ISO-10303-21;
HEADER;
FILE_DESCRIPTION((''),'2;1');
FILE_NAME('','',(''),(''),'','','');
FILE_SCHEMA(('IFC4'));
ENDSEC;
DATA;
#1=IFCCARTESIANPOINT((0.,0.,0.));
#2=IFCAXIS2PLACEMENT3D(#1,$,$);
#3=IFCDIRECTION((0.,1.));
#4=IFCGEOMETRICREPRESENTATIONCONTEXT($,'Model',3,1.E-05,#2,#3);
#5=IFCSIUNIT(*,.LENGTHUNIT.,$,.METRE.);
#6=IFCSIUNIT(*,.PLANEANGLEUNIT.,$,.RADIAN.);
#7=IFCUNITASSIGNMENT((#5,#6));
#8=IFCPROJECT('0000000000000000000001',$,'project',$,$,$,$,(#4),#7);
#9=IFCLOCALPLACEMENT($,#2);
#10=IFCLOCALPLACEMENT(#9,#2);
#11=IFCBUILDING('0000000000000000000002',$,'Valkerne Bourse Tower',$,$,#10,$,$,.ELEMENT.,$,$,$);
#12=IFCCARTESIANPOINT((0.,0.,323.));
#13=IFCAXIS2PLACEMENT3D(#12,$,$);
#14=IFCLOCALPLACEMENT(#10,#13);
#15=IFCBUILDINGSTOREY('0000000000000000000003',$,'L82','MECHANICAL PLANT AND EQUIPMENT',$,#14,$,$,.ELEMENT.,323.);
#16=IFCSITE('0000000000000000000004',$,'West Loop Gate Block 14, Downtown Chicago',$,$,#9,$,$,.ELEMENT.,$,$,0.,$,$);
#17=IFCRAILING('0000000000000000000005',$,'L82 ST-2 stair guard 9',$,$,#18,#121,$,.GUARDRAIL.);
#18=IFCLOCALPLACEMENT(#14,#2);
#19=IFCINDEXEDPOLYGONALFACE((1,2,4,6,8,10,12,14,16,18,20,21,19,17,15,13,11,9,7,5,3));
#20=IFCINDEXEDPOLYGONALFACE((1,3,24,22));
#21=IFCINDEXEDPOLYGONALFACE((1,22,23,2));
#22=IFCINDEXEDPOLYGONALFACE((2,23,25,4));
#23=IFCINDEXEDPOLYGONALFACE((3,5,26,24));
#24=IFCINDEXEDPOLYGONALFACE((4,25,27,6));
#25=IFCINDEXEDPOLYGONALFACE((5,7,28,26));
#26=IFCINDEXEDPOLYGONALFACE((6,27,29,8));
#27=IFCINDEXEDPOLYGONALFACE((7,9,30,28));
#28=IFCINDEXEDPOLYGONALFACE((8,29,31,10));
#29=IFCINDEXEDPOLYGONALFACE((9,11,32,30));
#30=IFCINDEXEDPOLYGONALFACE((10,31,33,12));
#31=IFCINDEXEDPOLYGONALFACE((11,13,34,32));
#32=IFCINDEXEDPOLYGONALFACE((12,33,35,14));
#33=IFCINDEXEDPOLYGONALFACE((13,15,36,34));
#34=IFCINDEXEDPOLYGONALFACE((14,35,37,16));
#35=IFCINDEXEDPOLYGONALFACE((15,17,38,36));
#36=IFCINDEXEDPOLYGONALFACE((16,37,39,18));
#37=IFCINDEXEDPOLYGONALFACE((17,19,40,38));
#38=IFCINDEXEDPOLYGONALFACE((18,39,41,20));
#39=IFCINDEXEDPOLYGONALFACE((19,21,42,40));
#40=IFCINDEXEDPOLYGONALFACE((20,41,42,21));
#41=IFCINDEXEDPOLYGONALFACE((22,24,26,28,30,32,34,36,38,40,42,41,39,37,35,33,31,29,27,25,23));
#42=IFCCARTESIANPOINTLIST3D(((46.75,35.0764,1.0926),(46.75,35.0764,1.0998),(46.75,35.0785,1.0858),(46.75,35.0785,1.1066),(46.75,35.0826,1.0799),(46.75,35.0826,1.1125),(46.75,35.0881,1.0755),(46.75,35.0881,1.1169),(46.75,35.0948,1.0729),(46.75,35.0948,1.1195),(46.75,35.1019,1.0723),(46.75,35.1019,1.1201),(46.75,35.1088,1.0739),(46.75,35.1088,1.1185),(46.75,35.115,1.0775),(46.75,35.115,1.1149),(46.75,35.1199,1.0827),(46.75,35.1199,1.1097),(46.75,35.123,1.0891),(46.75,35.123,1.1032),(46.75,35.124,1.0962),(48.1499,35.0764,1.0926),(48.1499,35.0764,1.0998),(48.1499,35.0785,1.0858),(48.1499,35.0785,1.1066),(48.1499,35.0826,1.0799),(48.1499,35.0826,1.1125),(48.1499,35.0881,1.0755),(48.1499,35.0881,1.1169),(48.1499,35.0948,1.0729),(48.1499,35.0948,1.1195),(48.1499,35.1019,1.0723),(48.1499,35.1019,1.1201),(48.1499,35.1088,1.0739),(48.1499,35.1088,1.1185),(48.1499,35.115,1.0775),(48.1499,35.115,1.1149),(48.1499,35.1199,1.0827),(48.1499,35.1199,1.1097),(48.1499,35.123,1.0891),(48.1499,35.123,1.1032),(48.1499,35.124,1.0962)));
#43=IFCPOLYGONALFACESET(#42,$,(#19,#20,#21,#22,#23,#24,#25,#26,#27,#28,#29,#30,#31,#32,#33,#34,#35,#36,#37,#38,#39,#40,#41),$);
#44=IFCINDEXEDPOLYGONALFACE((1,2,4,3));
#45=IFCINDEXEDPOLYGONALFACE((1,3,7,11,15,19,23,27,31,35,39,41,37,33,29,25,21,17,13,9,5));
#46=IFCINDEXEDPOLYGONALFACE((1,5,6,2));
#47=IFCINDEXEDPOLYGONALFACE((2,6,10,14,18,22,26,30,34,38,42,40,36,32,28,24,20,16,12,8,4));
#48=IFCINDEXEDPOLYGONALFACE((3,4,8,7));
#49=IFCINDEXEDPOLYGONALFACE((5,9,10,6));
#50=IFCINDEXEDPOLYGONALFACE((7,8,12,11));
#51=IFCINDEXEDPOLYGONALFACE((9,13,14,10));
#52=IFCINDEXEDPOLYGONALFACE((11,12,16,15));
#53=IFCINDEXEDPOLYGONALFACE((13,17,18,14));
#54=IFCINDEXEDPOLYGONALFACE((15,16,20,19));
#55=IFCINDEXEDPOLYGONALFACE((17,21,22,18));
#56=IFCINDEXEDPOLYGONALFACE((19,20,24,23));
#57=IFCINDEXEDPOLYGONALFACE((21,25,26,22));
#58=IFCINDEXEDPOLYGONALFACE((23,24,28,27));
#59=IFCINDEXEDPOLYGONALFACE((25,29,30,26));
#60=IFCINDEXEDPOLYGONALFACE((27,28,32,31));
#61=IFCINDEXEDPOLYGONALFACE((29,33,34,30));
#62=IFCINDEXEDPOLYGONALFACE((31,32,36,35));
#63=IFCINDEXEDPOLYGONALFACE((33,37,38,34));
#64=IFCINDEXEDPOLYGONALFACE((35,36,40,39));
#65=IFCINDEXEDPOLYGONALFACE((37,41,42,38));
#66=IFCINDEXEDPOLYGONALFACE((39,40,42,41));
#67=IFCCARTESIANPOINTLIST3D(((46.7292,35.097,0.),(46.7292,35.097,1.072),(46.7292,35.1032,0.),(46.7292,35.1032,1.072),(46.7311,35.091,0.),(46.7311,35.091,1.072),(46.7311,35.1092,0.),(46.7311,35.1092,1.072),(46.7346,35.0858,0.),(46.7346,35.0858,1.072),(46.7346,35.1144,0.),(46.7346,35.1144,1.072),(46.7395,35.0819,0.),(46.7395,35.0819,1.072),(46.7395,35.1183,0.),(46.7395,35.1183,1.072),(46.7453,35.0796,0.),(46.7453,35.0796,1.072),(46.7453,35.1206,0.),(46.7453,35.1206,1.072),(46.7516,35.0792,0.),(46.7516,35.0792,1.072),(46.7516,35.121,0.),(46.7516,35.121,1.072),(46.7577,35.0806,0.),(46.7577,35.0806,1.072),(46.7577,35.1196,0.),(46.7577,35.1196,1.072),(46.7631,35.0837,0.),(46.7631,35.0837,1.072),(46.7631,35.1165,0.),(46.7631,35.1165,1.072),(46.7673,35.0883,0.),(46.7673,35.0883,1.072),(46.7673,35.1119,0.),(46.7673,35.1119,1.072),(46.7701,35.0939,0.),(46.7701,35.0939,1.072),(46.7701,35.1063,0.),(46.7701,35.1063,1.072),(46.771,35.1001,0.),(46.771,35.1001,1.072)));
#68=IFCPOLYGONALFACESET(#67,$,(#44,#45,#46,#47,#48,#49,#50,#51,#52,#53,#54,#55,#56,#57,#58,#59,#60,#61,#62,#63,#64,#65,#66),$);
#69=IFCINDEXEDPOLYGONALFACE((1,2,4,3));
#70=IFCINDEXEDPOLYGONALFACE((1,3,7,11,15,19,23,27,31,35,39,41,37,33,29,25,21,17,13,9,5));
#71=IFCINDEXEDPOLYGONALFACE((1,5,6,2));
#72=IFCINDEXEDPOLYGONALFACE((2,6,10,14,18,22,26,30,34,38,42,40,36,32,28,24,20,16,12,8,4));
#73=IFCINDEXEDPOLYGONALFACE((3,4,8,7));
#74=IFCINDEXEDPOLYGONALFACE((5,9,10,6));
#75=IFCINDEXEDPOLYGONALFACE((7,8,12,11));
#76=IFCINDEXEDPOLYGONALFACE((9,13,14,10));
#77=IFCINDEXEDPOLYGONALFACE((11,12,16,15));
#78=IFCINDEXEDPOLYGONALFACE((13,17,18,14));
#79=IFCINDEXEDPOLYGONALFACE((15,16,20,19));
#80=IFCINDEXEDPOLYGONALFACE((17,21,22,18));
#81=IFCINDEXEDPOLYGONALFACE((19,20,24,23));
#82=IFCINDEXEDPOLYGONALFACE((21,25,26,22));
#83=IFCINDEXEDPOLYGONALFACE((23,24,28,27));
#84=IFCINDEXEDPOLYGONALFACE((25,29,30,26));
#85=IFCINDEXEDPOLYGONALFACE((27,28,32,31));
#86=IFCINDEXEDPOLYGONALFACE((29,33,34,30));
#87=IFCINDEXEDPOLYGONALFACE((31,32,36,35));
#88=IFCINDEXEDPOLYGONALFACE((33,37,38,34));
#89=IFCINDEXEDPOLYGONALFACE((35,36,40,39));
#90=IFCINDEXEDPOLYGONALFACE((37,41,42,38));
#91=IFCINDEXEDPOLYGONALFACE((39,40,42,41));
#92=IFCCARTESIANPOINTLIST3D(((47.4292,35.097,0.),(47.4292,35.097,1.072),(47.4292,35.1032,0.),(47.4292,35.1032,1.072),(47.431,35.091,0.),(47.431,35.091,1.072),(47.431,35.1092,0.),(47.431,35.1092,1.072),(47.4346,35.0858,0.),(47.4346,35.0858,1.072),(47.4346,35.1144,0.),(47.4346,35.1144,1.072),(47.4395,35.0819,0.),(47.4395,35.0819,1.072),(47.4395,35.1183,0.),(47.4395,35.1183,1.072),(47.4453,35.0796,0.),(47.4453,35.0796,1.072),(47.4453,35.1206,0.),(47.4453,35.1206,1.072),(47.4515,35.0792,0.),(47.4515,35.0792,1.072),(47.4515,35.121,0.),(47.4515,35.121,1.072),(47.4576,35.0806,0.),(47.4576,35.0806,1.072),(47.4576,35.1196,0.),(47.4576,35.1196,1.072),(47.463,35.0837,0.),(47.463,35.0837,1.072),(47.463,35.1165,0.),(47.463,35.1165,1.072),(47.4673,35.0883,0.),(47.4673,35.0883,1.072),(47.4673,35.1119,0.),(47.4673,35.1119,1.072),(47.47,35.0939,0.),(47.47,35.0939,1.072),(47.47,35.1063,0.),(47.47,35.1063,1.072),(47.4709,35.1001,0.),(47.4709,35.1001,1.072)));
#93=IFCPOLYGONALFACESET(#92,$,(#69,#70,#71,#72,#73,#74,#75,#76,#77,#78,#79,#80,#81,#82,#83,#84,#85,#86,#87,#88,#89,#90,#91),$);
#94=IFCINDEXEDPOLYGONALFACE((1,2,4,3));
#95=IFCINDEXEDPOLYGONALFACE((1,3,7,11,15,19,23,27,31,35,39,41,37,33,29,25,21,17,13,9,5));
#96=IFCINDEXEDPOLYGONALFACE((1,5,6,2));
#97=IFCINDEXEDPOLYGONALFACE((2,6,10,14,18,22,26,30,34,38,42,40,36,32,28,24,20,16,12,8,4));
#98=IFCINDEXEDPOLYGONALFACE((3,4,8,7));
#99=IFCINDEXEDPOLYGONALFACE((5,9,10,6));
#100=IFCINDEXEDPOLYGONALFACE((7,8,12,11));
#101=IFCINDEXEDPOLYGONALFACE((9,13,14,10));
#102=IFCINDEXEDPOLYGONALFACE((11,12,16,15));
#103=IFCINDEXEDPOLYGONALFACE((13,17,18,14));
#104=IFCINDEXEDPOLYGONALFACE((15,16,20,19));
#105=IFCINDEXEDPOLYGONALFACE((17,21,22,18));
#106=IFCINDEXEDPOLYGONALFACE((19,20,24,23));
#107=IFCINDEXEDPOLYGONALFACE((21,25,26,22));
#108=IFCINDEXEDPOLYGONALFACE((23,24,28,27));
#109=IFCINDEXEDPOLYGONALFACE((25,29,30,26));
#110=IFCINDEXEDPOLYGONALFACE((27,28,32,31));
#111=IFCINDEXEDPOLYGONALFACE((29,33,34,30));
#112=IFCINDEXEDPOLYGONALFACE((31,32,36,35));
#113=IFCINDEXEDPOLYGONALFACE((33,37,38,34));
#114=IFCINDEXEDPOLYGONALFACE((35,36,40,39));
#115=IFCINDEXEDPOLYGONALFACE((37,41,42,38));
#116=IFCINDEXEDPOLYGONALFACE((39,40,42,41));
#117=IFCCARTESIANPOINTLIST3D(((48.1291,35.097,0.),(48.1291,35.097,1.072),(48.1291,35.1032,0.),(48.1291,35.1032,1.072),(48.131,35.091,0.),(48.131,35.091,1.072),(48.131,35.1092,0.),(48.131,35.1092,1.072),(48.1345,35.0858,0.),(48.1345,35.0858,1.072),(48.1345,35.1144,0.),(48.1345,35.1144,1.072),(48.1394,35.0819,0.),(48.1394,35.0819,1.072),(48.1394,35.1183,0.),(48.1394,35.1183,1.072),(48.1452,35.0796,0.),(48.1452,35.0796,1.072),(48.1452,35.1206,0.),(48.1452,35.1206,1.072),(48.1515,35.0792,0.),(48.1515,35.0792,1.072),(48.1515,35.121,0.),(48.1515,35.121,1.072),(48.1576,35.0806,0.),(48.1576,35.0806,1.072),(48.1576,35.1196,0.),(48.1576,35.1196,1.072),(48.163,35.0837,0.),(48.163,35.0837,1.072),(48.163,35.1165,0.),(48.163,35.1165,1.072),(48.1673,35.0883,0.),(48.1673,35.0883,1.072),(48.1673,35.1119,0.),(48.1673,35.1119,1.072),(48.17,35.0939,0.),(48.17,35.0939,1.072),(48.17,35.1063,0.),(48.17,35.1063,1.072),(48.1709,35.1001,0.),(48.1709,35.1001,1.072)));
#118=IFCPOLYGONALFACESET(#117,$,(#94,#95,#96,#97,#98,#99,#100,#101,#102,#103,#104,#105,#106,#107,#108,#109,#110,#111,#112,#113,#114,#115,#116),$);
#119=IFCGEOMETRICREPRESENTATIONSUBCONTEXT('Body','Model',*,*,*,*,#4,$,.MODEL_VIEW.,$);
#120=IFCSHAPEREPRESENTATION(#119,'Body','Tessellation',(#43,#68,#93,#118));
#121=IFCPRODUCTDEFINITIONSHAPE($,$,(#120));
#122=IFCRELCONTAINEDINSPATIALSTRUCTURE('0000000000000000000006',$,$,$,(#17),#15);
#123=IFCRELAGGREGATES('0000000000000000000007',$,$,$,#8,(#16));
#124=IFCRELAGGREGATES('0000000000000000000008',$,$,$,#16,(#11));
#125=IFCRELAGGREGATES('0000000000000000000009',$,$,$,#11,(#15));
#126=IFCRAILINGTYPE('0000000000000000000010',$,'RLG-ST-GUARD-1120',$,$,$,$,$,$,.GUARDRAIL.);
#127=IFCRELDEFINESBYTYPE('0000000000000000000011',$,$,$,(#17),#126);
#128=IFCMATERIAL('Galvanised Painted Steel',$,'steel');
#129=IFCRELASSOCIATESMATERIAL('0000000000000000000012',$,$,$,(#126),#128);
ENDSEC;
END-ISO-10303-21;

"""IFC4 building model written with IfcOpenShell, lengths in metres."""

from ifc_helpers import new_model, si_unit, direction, frame, origin, origin_2d, place, context, subcontext, project, spatial, circle, extrude, material, type_object, element, save


model = new_model("IFC4")

# Units and contexts
model_context = context("Model", 3, precision=1e-05, world=origin(), true_north=direction((0.0, 1.0)))
body_context = subcontext(model_context, "Body", "Model", "MODEL_VIEW")
ifc_project = project(units=[si_unit("LENGTHUNIT", "METRE"), si_unit("PLANEANGLEUNIT", "RADIAN")], contexts=[model_context])

# Site, building, storey
site_placement = place(None, origin())
site = spatial("IfcSite", under=ifc_project, at=site_placement, Name="West Loop Gate Block 14, Downtown Chicago", CompositionType="ELEMENT", RefElevation=0.0)
building_placement = place(site_placement, origin())
building = spatial("IfcBuilding", under=site, at=building_placement, Name="Valkerne Bourse Tower", CompositionType="ELEMENT")
storey_placement = place(building_placement, frame((0.0, 0.0, 323.0)))
storey = spatial("IfcBuildingStorey", under=building, at=storey_placement, Name="L82", Description="MECHANICAL PLANT AND EQUIPMENT", CompositionType="ELEMENT", Elevation=323.0)

# Railing
ifc_material_1 = material(Name="Galvanised Painted Steel", Category="steel")
railing_type_1 = type_object("IfcRailingType", Name="RLG-ST-GUARD-1120", PredefinedType="GUARDRAIL", material=ifc_material_1)
railing_1_placement = place(storey_placement, frame((46.75, 35.1001, 0.0)))
element("IfcRailing", 1, at=railing_1_placement, inside=storey, type_object=railing_type_1, Name="L82 ST-2 stair guard 9", PredefinedType="GUARDRAIL", context=body_context, shape_type="SweptSolid", body=[
    extrude(circle(Radius=0.0239, at=origin_2d()), frame((0.0, 0.0, 1.0962), z_axis=(1.0, 0.0, 0.0), x_axis=(0.0, 1.0, 0.0)), (0.0, 0.0, 1.0), 1.3999),
    extrude(circle(Radius=0.021, at=origin_2d()), origin(), (0.0, 0.0, 1.0), 1.072),
    extrude(circle(Radius=0.021, at=origin_2d()), frame((0.7, 0.0, 0.0)), (0.0, 0.0, 1.0), 1.072),
    extrude(circle(Radius=0.021, at=origin_2d()), frame((1.3999, 0.0, 0.0)), (0.0, 0.0, 1.0), 1.072),
])

save(model, "model.ifc")
